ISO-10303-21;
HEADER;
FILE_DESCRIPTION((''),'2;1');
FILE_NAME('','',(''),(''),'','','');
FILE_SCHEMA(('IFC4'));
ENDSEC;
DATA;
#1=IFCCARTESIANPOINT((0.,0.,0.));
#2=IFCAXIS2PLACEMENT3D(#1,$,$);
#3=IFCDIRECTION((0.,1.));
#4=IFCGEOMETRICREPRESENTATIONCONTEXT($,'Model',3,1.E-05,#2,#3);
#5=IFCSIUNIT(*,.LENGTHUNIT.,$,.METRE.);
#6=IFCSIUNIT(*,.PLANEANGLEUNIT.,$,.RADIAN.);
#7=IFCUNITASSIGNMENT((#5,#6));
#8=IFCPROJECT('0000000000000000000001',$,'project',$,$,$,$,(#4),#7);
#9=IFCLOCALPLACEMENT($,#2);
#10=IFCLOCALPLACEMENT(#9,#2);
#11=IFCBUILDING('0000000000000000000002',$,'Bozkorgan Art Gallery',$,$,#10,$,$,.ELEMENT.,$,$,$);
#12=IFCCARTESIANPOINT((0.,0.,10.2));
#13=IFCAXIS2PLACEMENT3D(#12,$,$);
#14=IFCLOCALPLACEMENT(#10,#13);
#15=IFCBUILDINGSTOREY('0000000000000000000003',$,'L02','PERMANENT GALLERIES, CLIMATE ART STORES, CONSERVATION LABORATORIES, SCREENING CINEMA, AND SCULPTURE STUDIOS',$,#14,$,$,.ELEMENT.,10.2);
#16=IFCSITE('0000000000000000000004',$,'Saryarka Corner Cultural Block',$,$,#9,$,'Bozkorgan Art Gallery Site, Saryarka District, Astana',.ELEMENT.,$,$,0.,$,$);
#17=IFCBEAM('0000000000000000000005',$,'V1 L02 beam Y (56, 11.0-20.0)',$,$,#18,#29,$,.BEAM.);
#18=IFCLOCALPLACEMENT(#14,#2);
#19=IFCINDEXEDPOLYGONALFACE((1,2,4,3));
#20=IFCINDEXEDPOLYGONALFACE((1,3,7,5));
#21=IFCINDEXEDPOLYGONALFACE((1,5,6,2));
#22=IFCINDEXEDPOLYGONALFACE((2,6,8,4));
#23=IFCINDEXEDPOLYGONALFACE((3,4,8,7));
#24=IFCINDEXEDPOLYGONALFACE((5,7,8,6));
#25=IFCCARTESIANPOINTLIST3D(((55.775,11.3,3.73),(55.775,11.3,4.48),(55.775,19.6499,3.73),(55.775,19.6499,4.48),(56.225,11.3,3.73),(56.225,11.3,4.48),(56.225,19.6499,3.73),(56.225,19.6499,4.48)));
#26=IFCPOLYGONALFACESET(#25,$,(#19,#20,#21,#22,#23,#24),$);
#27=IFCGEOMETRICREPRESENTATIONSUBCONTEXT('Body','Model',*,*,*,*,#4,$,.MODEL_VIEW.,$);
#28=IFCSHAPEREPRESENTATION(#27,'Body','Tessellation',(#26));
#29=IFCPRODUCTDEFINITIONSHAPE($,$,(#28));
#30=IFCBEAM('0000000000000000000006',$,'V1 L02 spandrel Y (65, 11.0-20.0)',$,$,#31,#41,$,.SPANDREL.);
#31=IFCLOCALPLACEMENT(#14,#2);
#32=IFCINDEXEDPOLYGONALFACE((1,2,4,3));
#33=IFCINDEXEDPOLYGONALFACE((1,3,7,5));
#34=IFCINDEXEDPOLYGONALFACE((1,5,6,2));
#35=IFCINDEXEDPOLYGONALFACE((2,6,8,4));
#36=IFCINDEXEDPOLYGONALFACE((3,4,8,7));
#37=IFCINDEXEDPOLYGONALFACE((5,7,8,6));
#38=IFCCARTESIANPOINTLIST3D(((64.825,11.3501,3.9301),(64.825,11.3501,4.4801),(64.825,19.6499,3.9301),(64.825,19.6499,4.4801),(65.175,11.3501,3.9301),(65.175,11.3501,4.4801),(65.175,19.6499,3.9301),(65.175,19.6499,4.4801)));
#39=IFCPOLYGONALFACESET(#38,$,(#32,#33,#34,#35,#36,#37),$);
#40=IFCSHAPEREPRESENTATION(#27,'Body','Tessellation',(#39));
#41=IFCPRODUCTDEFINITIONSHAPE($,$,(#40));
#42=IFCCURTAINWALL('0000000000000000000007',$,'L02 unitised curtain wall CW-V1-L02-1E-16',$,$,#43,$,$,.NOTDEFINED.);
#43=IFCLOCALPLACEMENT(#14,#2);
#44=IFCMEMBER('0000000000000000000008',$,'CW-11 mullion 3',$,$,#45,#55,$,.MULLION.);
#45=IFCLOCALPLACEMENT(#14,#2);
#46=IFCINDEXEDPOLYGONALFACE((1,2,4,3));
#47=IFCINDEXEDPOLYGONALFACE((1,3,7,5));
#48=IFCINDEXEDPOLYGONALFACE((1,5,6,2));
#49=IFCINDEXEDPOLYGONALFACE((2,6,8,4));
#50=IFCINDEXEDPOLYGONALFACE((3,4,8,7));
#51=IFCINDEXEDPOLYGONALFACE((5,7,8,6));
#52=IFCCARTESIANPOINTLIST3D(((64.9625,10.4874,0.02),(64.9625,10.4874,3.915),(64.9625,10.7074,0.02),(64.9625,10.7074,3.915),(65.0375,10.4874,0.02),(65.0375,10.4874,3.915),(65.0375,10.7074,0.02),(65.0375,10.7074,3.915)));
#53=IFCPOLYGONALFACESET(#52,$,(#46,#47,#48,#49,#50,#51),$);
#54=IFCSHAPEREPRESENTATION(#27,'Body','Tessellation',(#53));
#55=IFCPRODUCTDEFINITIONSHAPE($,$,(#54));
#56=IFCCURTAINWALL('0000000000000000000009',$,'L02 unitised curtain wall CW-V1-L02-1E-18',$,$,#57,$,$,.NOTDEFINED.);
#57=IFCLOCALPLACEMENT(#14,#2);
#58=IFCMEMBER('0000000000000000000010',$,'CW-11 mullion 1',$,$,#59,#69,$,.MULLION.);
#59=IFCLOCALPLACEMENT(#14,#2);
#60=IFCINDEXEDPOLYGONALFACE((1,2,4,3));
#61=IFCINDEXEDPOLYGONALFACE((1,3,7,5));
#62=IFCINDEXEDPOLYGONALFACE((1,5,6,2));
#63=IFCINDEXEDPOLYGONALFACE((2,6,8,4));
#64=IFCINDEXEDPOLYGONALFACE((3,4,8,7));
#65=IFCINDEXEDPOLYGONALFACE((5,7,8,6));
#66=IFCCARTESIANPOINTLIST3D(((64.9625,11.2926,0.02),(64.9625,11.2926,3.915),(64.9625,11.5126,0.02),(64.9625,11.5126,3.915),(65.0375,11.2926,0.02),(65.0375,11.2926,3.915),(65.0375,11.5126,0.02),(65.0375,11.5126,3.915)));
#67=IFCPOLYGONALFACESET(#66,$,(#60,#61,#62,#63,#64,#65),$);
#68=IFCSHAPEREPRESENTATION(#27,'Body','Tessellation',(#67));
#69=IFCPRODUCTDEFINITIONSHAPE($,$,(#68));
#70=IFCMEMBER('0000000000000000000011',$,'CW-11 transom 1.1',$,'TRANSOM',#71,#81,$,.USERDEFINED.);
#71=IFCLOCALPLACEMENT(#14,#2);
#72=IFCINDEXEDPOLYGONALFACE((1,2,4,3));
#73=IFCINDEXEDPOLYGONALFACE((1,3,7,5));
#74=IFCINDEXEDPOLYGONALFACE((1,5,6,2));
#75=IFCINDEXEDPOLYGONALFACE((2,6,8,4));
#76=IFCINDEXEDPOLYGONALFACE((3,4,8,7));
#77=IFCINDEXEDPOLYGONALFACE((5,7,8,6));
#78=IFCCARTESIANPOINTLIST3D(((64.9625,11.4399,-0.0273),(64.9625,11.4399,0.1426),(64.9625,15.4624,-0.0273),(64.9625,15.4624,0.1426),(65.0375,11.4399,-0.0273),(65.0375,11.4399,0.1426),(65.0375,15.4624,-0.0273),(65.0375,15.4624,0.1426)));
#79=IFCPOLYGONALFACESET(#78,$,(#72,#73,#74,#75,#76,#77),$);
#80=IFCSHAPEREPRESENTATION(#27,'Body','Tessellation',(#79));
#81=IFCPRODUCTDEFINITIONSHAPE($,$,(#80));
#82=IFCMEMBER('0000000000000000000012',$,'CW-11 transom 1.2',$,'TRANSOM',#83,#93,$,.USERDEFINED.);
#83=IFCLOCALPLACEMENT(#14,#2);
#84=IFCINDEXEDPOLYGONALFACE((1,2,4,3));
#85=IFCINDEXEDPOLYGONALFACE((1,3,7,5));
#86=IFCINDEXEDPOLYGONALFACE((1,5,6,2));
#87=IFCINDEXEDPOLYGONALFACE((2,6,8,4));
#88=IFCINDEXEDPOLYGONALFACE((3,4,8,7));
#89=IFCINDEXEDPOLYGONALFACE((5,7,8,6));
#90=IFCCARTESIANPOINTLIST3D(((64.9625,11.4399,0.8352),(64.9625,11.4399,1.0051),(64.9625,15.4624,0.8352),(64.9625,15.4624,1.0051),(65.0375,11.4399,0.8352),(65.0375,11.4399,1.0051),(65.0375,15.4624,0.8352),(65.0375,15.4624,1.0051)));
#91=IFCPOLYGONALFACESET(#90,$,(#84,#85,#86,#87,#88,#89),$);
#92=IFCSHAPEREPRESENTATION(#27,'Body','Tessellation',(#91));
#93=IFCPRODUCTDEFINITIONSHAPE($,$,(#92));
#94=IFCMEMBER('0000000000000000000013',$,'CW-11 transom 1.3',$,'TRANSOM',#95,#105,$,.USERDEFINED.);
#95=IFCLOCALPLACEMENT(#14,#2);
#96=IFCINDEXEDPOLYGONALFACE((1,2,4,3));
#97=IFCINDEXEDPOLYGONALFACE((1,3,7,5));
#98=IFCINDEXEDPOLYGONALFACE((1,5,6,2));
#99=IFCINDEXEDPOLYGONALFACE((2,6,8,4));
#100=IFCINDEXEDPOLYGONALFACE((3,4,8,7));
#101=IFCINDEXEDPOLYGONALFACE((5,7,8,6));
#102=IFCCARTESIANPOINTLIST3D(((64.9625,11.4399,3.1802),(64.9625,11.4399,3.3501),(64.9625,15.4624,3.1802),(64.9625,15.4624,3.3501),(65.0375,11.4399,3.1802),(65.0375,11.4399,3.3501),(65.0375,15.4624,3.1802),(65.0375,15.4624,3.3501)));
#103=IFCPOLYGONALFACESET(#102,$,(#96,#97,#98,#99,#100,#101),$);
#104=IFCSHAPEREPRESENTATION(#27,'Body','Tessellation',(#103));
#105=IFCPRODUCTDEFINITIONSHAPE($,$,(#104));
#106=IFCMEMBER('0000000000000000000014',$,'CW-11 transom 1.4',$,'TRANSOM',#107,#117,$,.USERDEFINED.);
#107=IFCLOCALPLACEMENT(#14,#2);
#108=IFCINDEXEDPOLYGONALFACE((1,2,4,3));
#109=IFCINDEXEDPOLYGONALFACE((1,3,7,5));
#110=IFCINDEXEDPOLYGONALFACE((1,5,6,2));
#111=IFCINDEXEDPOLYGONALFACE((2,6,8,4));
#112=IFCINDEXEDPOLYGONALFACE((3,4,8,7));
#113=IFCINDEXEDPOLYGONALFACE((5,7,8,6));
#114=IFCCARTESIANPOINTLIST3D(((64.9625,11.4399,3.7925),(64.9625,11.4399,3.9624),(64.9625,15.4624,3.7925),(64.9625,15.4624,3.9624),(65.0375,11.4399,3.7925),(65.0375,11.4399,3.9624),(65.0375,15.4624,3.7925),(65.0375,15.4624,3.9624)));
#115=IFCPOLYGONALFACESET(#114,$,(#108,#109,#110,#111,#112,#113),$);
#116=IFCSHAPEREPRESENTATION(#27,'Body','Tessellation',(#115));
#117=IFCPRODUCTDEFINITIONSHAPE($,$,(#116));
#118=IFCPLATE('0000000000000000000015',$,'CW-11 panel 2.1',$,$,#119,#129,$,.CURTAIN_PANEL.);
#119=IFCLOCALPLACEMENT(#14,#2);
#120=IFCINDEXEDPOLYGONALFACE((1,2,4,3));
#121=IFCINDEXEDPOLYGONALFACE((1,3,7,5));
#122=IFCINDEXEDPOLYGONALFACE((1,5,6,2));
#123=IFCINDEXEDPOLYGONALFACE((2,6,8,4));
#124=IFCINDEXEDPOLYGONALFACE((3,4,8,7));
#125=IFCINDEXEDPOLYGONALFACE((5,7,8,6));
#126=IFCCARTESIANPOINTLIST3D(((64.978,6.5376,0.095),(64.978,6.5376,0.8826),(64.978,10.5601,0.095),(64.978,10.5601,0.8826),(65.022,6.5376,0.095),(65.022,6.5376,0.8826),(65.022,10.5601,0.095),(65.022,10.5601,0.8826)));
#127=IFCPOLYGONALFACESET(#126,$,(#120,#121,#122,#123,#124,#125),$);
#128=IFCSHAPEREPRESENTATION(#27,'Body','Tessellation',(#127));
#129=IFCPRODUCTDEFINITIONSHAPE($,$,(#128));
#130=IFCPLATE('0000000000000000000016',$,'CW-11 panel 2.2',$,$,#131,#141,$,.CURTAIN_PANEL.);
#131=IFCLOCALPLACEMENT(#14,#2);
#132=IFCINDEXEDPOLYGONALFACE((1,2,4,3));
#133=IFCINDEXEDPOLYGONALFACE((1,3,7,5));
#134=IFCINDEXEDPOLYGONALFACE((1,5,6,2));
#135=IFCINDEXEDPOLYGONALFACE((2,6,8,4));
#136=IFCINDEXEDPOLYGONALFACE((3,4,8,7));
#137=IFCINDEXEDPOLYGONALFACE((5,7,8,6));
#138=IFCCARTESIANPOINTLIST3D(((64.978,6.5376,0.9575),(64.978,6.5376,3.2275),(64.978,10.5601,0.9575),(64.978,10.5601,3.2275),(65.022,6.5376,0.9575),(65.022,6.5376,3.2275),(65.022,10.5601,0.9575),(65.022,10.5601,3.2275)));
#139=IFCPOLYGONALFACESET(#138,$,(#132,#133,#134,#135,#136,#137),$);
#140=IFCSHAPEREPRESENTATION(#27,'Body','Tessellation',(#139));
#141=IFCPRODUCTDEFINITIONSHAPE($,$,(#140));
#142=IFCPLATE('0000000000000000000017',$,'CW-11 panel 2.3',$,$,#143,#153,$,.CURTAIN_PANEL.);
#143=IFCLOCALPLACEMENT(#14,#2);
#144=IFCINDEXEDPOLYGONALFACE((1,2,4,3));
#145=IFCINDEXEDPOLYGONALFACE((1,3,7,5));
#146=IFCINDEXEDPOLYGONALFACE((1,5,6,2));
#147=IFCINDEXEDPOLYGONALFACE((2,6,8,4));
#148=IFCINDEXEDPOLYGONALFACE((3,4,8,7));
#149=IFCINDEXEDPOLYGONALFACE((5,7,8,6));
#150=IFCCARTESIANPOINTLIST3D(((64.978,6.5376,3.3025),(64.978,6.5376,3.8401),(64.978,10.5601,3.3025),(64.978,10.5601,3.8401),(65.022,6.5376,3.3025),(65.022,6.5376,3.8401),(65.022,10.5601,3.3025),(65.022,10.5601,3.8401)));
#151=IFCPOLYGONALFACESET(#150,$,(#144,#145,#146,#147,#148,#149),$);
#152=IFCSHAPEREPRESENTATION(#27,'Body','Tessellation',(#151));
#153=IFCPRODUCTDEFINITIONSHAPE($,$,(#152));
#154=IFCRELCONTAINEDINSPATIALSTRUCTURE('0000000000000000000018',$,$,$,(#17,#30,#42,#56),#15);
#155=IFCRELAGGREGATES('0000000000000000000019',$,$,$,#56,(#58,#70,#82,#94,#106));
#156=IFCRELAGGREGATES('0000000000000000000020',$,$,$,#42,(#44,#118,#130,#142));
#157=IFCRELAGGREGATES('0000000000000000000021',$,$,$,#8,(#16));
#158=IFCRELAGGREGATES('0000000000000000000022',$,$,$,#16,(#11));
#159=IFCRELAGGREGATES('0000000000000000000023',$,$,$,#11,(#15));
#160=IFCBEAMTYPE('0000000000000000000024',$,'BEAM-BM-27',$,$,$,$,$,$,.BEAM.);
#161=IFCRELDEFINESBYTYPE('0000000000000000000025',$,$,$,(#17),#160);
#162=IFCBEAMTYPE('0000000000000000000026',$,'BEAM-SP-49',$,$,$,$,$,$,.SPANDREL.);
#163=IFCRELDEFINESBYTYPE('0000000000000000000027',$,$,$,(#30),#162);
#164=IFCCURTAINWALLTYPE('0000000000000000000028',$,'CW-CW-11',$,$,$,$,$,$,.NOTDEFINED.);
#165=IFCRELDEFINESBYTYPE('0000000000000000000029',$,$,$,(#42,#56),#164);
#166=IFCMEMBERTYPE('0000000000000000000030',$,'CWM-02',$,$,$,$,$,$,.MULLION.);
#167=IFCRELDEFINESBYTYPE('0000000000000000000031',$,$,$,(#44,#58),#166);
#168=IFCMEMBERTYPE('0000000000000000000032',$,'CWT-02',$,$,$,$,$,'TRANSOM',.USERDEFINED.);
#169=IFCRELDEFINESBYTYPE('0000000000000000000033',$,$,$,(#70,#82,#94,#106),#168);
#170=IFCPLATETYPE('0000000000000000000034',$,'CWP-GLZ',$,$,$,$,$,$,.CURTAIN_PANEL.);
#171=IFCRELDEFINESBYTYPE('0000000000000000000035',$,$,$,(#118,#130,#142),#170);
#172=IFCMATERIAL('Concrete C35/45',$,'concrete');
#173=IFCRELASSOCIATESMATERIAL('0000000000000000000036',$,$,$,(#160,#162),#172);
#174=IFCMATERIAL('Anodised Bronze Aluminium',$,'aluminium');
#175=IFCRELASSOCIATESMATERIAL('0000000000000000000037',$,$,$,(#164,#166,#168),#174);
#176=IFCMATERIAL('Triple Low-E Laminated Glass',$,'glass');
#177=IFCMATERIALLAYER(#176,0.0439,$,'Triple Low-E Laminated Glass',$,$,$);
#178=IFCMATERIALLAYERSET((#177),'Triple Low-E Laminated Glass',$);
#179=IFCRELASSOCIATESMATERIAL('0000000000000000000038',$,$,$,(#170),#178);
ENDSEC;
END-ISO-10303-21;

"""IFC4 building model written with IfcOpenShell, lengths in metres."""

from ifc_helpers import new_model, si_unit, direction, frame, origin, origin_2d, place, context, subcontext, project, spatial, rectangle, extrude, material, layer, layer_set, material_profile, profile_set, type_object, element, aggregate, save


model = new_model("IFC4")

# Units and contexts
model_context = context("Model", 3, precision=1e-05, world=origin(), true_north=direction((0.0, 1.0)))
body_context = subcontext(model_context, "Body", "Model", "MODEL_VIEW")
ifc_project = project(units=[si_unit("LENGTHUNIT", "METRE"), si_unit("PLANEANGLEUNIT", "RADIAN")], contexts=[model_context])

# Site, building, storey
site_placement = place(None, origin())
site = spatial("IfcSite", under=ifc_project, at=site_placement, Name="Saryarka Corner Cultural Block", LongName="Bozkorgan Art Gallery Site, Saryarka District, Astana", CompositionType="ELEMENT", RefElevation=0.0)
building_placement = place(site_placement, origin())
building = spatial("IfcBuilding", under=site, at=building_placement, Name="Bozkorgan Art Gallery", CompositionType="ELEMENT")
storey_placement = place(building_placement, frame((0.0, 0.0, 10.2)))
storey = spatial("IfcBuildingStorey", under=building, at=storey_placement, Name="L02", Description="PERMANENT GALLERIES, CLIMATE ART STORES, CONSERVATION LABORATORIES, SCREENING CINEMA, AND SCULPTURE STUDIOS", CompositionType="ELEMENT", Elevation=10.2)

# Beams
ifc_material_1 = material(Name="Concrete C35/45", Category="concrete")
ifc_material_profile_1 = material_profile(ifc_material_1, rectangle(XDim=0.45, YDim=0.75, at=origin_2d()), Name="RC 450x750")
ifc_profile_set_1 = profile_set([ifc_material_profile_1], Name="Concrete C35/45")
beam_type_1 = type_object("IfcBeamType", Name="BEAM-BM-27", PredefinedType="BEAM", material=ifc_profile_set_1)
beam_1_placement = place(storey_placement, frame((56.0, 11.3, 4.105), z_axis=(0.0, 1.0, 0.0), x_axis=(-1.0, 0.0, 0.0)))
element("IfcBeam", 1, at=beam_1_placement, inside=storey, type_object=beam_type_1, Name="V1 L02 beam Y (56, 11.0-20.0)", PredefinedType="BEAM", context=body_context, shape_type="SweptSolid", body=[
    extrude(rectangle(XDim=0.45, YDim=0.75, at=origin_2d()), origin(), (0.0, 0.0, 1.0), 8.3499),
])
ifc_material_profile_2 = material_profile(ifc_material_1, rectangle(XDim=0.3501, YDim=0.55, at=origin_2d()), Name="RC 350x550")
ifc_profile_set_2 = profile_set([ifc_material_profile_2], Name="Concrete C35/45")
beam_type_2 = type_object("IfcBeamType", Name="BEAM-SP-49", PredefinedType="SPANDREL", material=ifc_profile_set_2)
beam_2_placement = place(storey_placement, frame((65.0, 11.3501, 4.2051), z_axis=(0.0, 1.0, 0.0), x_axis=(-1.0, 0.0, 0.0)))
element("IfcBeam", 2, at=beam_2_placement, inside=storey, type_object=beam_type_2, Name="V1 L02 spandrel Y (65, 11.0-20.0)", PredefinedType="SPANDREL", context=body_context, shape_type="SweptSolid", body=[
    extrude(rectangle(XDim=0.3501, YDim=0.55, at=origin_2d()), origin(), (0.0, 0.0, 1.0), 8.2998),
])

# Curtain wall, member
ifc_material_2 = material(Name="Anodised Bronze Aluminium", Category="aluminium")
curtain_wall_type = type_object("IfcCurtainWallType", Name="CW-CW-11", PredefinedType="NOTDEFINED", material=ifc_material_2)
curtain_wall_1_placement = place(storey_placement, origin())
curtain_wall_1 = element("IfcCurtainWall", 3, at=curtain_wall_1_placement, inside=storey, type_object=curtain_wall_type, Name="L02 unitised curtain wall CW-V1-L02-1E-16", PredefinedType="NOTDEFINED")
ifc_material_profile_3 = material_profile(ifc_material_2, rectangle(XDim=0.075, YDim=0.22, at=origin_2d()), Name="ALU MULLION 75x220")
ifc_profile_set_3 = profile_set([ifc_material_profile_3], Name="Anodised Bronze Aluminium")
member_type_1 = type_object("IfcMemberType", Name="CWM-02", PredefinedType="MULLION", material=ifc_profile_set_3)
member_1_placement = place(storey_placement, frame((65.0, 10.5974, 0.02), z_axis=(0.0, 0.0, 1.0), x_axis=(-1.0, 0.0, 0.0)))
member_1 = element("IfcMember", 4, at=member_1_placement, type_object=member_type_1, Name="CW-11 mullion 3", PredefinedType="MULLION", context=body_context, shape_type="SweptSolid", body=[
    extrude(rectangle(XDim=0.075, YDim=0.22, at=origin_2d()), origin(), (0.0, 0.0, 1.0), 3.895),
])

# Curtain wall, members
curtain_wall_2_placement = place(storey_placement, origin())
curtain_wall_2 = element("IfcCurtainWall", 5, at=curtain_wall_2_placement, inside=storey, type_object=curtain_wall_type, Name="L02 unitised curtain wall CW-V1-L02-1E-18", PredefinedType="NOTDEFINED")
member_2_placement = place(storey_placement, frame((65.0, 11.4026, 0.02), z_axis=(0.0, 0.0, 1.0), x_axis=(-1.0, 0.0, 0.0)))
member_2 = element("IfcMember", 6, at=member_2_placement, type_object=member_type_1, Name="CW-11 mullion 1", PredefinedType="MULLION", context=body_context, shape_type="SweptSolid", body=[
    extrude(rectangle(XDim=0.075, YDim=0.22, at=origin_2d()), origin(), (0.0, 0.0, 1.0), 3.895),
])
ifc_material_profile_4 = material_profile(ifc_material_2, rectangle(XDim=0.075, YDim=0.1699, at=origin_2d()), Name="ALU TRANSOM 75x170")
ifc_profile_set_4 = profile_set([ifc_material_profile_4], Name="Anodised Bronze Aluminium")
member_type_2 = type_object("IfcMemberType", Name="CWT-02", ElementType="TRANSOM", PredefinedType="USERDEFINED", material=ifc_profile_set_4)
member_3_placement = place(storey_placement, frame((65.0, 11.4399, 0.0576), z_axis=(0.0, 1.0, 0.0), x_axis=(-1.0, 0.0, 0.0)))
member_3 = element("IfcMember", 7, at=member_3_placement, type_object=member_type_2, Name="CW-11 transom 1.1", ObjectType="TRANSOM", PredefinedType="USERDEFINED", context=body_context, shape_type="SweptSolid", body=[
    extrude(rectangle(XDim=0.075, YDim=0.1699, at=origin_2d()), origin(), (0.0, 0.0, 1.0), 4.0225),
])
member_4_placement = place(storey_placement, frame((65.0, 11.4399, 0.9202), z_axis=(0.0, 1.0, 0.0), x_axis=(-1.0, 0.0, 0.0)))
member_4 = element("IfcMember", 8, at=member_4_placement, type_object=member_type_2, Name="CW-11 transom 1.2", ObjectType="TRANSOM", PredefinedType="USERDEFINED", context=body_context, shape_type="SweptSolid", body=[
    extrude(rectangle(XDim=0.075, YDim=0.1699, at=origin_2d()), origin(), (0.0, 0.0, 1.0), 4.0225),
])
member_5_placement = place(storey_placement, frame((65.0, 11.4399, 3.2651), z_axis=(0.0, 1.0, 0.0), x_axis=(-1.0, 0.0, 0.0)))
member_5 = element("IfcMember", 9, at=member_5_placement, type_object=member_type_2, Name="CW-11 transom 1.3", ObjectType="TRANSOM", PredefinedType="USERDEFINED", context=body_context, shape_type="SweptSolid", body=[
    extrude(rectangle(XDim=0.075, YDim=0.1699, at=origin_2d()), origin(), (0.0, 0.0, 1.0), 4.0225),
])
member_6_placement = place(storey_placement, frame((65.0, 11.4399, 3.8774), z_axis=(0.0, 1.0, 0.0), x_axis=(-1.0, 0.0, 0.0)))
member_6 = element("IfcMember", 10, at=member_6_placement, type_object=member_type_2, Name="CW-11 transom 1.4", ObjectType="TRANSOM", PredefinedType="USERDEFINED", context=body_context, shape_type="SweptSolid", body=[
    extrude(rectangle(XDim=0.075, YDim=0.1699, at=origin_2d()), origin(), (0.0, 0.0, 1.0), 4.0225),
])
aggregate(curtain_wall_2, [member_2, member_3, member_4, member_5, member_6])

# Plates
ifc_material_3 = material(Name="Triple Low-E Laminated Glass", Category="glass")
ifc_layer = layer(ifc_material_3, 0.0439, Name="Triple Low-E Laminated Glass")
ifc_layer_set = layer_set([ifc_layer], Name="Triple Low-E Laminated Glass")
plate_type = type_object("IfcPlateType", Name="CWP-GLZ", PredefinedType="CURTAIN_PANEL", material=ifc_layer_set)
plate_1_placement = place(storey_placement, frame((65.0, 8.5488, 0.095), z_axis=(0.0, 0.0, 1.0), x_axis=(0.0, 1.0, 0.0)))
plate_1 = element("IfcPlate", 11, at=plate_1_placement, type_object=plate_type, Name="CW-11 panel 2.1", PredefinedType="CURTAIN_PANEL", context=body_context, shape_type="SweptSolid", body=[
    extrude(rectangle(XDim=4.0225, YDim=0.0439, at=origin_2d()), origin(), (0.0, 0.0, 1.0), 0.7876),
])
plate_2_placement = place(storey_placement, frame((65.0, 8.5488, 0.9575), z_axis=(0.0, 0.0, 1.0), x_axis=(0.0, 1.0, 0.0)))
plate_2 = element("IfcPlate", 12, at=plate_2_placement, type_object=plate_type, Name="CW-11 panel 2.2", PredefinedType="CURTAIN_PANEL", context=body_context, shape_type="SweptSolid", body=[
    extrude(rectangle(XDim=4.0225, YDim=0.0439, at=origin_2d()), origin(), (0.0, 0.0, 1.0), 2.27),
])
plate_3_placement = place(storey_placement, frame((65.0, 8.5488, 3.3025), z_axis=(0.0, 0.0, 1.0), x_axis=(0.0, 1.0, 0.0)))
plate_3 = element("IfcPlate", 13, at=plate_3_placement, type_object=plate_type, Name="CW-11 panel 2.3", PredefinedType="CURTAIN_PANEL", context=body_context, shape_type="SweptSolid", body=[
    extrude(rectangle(XDim=4.0225, YDim=0.0439, at=origin_2d()), origin(), (0.0, 0.0, 1.0), 0.5376),
])
aggregate(curtain_wall_1, [member_1, plate_1, plate_2, plate_3])

save(model, "model.ifc")
